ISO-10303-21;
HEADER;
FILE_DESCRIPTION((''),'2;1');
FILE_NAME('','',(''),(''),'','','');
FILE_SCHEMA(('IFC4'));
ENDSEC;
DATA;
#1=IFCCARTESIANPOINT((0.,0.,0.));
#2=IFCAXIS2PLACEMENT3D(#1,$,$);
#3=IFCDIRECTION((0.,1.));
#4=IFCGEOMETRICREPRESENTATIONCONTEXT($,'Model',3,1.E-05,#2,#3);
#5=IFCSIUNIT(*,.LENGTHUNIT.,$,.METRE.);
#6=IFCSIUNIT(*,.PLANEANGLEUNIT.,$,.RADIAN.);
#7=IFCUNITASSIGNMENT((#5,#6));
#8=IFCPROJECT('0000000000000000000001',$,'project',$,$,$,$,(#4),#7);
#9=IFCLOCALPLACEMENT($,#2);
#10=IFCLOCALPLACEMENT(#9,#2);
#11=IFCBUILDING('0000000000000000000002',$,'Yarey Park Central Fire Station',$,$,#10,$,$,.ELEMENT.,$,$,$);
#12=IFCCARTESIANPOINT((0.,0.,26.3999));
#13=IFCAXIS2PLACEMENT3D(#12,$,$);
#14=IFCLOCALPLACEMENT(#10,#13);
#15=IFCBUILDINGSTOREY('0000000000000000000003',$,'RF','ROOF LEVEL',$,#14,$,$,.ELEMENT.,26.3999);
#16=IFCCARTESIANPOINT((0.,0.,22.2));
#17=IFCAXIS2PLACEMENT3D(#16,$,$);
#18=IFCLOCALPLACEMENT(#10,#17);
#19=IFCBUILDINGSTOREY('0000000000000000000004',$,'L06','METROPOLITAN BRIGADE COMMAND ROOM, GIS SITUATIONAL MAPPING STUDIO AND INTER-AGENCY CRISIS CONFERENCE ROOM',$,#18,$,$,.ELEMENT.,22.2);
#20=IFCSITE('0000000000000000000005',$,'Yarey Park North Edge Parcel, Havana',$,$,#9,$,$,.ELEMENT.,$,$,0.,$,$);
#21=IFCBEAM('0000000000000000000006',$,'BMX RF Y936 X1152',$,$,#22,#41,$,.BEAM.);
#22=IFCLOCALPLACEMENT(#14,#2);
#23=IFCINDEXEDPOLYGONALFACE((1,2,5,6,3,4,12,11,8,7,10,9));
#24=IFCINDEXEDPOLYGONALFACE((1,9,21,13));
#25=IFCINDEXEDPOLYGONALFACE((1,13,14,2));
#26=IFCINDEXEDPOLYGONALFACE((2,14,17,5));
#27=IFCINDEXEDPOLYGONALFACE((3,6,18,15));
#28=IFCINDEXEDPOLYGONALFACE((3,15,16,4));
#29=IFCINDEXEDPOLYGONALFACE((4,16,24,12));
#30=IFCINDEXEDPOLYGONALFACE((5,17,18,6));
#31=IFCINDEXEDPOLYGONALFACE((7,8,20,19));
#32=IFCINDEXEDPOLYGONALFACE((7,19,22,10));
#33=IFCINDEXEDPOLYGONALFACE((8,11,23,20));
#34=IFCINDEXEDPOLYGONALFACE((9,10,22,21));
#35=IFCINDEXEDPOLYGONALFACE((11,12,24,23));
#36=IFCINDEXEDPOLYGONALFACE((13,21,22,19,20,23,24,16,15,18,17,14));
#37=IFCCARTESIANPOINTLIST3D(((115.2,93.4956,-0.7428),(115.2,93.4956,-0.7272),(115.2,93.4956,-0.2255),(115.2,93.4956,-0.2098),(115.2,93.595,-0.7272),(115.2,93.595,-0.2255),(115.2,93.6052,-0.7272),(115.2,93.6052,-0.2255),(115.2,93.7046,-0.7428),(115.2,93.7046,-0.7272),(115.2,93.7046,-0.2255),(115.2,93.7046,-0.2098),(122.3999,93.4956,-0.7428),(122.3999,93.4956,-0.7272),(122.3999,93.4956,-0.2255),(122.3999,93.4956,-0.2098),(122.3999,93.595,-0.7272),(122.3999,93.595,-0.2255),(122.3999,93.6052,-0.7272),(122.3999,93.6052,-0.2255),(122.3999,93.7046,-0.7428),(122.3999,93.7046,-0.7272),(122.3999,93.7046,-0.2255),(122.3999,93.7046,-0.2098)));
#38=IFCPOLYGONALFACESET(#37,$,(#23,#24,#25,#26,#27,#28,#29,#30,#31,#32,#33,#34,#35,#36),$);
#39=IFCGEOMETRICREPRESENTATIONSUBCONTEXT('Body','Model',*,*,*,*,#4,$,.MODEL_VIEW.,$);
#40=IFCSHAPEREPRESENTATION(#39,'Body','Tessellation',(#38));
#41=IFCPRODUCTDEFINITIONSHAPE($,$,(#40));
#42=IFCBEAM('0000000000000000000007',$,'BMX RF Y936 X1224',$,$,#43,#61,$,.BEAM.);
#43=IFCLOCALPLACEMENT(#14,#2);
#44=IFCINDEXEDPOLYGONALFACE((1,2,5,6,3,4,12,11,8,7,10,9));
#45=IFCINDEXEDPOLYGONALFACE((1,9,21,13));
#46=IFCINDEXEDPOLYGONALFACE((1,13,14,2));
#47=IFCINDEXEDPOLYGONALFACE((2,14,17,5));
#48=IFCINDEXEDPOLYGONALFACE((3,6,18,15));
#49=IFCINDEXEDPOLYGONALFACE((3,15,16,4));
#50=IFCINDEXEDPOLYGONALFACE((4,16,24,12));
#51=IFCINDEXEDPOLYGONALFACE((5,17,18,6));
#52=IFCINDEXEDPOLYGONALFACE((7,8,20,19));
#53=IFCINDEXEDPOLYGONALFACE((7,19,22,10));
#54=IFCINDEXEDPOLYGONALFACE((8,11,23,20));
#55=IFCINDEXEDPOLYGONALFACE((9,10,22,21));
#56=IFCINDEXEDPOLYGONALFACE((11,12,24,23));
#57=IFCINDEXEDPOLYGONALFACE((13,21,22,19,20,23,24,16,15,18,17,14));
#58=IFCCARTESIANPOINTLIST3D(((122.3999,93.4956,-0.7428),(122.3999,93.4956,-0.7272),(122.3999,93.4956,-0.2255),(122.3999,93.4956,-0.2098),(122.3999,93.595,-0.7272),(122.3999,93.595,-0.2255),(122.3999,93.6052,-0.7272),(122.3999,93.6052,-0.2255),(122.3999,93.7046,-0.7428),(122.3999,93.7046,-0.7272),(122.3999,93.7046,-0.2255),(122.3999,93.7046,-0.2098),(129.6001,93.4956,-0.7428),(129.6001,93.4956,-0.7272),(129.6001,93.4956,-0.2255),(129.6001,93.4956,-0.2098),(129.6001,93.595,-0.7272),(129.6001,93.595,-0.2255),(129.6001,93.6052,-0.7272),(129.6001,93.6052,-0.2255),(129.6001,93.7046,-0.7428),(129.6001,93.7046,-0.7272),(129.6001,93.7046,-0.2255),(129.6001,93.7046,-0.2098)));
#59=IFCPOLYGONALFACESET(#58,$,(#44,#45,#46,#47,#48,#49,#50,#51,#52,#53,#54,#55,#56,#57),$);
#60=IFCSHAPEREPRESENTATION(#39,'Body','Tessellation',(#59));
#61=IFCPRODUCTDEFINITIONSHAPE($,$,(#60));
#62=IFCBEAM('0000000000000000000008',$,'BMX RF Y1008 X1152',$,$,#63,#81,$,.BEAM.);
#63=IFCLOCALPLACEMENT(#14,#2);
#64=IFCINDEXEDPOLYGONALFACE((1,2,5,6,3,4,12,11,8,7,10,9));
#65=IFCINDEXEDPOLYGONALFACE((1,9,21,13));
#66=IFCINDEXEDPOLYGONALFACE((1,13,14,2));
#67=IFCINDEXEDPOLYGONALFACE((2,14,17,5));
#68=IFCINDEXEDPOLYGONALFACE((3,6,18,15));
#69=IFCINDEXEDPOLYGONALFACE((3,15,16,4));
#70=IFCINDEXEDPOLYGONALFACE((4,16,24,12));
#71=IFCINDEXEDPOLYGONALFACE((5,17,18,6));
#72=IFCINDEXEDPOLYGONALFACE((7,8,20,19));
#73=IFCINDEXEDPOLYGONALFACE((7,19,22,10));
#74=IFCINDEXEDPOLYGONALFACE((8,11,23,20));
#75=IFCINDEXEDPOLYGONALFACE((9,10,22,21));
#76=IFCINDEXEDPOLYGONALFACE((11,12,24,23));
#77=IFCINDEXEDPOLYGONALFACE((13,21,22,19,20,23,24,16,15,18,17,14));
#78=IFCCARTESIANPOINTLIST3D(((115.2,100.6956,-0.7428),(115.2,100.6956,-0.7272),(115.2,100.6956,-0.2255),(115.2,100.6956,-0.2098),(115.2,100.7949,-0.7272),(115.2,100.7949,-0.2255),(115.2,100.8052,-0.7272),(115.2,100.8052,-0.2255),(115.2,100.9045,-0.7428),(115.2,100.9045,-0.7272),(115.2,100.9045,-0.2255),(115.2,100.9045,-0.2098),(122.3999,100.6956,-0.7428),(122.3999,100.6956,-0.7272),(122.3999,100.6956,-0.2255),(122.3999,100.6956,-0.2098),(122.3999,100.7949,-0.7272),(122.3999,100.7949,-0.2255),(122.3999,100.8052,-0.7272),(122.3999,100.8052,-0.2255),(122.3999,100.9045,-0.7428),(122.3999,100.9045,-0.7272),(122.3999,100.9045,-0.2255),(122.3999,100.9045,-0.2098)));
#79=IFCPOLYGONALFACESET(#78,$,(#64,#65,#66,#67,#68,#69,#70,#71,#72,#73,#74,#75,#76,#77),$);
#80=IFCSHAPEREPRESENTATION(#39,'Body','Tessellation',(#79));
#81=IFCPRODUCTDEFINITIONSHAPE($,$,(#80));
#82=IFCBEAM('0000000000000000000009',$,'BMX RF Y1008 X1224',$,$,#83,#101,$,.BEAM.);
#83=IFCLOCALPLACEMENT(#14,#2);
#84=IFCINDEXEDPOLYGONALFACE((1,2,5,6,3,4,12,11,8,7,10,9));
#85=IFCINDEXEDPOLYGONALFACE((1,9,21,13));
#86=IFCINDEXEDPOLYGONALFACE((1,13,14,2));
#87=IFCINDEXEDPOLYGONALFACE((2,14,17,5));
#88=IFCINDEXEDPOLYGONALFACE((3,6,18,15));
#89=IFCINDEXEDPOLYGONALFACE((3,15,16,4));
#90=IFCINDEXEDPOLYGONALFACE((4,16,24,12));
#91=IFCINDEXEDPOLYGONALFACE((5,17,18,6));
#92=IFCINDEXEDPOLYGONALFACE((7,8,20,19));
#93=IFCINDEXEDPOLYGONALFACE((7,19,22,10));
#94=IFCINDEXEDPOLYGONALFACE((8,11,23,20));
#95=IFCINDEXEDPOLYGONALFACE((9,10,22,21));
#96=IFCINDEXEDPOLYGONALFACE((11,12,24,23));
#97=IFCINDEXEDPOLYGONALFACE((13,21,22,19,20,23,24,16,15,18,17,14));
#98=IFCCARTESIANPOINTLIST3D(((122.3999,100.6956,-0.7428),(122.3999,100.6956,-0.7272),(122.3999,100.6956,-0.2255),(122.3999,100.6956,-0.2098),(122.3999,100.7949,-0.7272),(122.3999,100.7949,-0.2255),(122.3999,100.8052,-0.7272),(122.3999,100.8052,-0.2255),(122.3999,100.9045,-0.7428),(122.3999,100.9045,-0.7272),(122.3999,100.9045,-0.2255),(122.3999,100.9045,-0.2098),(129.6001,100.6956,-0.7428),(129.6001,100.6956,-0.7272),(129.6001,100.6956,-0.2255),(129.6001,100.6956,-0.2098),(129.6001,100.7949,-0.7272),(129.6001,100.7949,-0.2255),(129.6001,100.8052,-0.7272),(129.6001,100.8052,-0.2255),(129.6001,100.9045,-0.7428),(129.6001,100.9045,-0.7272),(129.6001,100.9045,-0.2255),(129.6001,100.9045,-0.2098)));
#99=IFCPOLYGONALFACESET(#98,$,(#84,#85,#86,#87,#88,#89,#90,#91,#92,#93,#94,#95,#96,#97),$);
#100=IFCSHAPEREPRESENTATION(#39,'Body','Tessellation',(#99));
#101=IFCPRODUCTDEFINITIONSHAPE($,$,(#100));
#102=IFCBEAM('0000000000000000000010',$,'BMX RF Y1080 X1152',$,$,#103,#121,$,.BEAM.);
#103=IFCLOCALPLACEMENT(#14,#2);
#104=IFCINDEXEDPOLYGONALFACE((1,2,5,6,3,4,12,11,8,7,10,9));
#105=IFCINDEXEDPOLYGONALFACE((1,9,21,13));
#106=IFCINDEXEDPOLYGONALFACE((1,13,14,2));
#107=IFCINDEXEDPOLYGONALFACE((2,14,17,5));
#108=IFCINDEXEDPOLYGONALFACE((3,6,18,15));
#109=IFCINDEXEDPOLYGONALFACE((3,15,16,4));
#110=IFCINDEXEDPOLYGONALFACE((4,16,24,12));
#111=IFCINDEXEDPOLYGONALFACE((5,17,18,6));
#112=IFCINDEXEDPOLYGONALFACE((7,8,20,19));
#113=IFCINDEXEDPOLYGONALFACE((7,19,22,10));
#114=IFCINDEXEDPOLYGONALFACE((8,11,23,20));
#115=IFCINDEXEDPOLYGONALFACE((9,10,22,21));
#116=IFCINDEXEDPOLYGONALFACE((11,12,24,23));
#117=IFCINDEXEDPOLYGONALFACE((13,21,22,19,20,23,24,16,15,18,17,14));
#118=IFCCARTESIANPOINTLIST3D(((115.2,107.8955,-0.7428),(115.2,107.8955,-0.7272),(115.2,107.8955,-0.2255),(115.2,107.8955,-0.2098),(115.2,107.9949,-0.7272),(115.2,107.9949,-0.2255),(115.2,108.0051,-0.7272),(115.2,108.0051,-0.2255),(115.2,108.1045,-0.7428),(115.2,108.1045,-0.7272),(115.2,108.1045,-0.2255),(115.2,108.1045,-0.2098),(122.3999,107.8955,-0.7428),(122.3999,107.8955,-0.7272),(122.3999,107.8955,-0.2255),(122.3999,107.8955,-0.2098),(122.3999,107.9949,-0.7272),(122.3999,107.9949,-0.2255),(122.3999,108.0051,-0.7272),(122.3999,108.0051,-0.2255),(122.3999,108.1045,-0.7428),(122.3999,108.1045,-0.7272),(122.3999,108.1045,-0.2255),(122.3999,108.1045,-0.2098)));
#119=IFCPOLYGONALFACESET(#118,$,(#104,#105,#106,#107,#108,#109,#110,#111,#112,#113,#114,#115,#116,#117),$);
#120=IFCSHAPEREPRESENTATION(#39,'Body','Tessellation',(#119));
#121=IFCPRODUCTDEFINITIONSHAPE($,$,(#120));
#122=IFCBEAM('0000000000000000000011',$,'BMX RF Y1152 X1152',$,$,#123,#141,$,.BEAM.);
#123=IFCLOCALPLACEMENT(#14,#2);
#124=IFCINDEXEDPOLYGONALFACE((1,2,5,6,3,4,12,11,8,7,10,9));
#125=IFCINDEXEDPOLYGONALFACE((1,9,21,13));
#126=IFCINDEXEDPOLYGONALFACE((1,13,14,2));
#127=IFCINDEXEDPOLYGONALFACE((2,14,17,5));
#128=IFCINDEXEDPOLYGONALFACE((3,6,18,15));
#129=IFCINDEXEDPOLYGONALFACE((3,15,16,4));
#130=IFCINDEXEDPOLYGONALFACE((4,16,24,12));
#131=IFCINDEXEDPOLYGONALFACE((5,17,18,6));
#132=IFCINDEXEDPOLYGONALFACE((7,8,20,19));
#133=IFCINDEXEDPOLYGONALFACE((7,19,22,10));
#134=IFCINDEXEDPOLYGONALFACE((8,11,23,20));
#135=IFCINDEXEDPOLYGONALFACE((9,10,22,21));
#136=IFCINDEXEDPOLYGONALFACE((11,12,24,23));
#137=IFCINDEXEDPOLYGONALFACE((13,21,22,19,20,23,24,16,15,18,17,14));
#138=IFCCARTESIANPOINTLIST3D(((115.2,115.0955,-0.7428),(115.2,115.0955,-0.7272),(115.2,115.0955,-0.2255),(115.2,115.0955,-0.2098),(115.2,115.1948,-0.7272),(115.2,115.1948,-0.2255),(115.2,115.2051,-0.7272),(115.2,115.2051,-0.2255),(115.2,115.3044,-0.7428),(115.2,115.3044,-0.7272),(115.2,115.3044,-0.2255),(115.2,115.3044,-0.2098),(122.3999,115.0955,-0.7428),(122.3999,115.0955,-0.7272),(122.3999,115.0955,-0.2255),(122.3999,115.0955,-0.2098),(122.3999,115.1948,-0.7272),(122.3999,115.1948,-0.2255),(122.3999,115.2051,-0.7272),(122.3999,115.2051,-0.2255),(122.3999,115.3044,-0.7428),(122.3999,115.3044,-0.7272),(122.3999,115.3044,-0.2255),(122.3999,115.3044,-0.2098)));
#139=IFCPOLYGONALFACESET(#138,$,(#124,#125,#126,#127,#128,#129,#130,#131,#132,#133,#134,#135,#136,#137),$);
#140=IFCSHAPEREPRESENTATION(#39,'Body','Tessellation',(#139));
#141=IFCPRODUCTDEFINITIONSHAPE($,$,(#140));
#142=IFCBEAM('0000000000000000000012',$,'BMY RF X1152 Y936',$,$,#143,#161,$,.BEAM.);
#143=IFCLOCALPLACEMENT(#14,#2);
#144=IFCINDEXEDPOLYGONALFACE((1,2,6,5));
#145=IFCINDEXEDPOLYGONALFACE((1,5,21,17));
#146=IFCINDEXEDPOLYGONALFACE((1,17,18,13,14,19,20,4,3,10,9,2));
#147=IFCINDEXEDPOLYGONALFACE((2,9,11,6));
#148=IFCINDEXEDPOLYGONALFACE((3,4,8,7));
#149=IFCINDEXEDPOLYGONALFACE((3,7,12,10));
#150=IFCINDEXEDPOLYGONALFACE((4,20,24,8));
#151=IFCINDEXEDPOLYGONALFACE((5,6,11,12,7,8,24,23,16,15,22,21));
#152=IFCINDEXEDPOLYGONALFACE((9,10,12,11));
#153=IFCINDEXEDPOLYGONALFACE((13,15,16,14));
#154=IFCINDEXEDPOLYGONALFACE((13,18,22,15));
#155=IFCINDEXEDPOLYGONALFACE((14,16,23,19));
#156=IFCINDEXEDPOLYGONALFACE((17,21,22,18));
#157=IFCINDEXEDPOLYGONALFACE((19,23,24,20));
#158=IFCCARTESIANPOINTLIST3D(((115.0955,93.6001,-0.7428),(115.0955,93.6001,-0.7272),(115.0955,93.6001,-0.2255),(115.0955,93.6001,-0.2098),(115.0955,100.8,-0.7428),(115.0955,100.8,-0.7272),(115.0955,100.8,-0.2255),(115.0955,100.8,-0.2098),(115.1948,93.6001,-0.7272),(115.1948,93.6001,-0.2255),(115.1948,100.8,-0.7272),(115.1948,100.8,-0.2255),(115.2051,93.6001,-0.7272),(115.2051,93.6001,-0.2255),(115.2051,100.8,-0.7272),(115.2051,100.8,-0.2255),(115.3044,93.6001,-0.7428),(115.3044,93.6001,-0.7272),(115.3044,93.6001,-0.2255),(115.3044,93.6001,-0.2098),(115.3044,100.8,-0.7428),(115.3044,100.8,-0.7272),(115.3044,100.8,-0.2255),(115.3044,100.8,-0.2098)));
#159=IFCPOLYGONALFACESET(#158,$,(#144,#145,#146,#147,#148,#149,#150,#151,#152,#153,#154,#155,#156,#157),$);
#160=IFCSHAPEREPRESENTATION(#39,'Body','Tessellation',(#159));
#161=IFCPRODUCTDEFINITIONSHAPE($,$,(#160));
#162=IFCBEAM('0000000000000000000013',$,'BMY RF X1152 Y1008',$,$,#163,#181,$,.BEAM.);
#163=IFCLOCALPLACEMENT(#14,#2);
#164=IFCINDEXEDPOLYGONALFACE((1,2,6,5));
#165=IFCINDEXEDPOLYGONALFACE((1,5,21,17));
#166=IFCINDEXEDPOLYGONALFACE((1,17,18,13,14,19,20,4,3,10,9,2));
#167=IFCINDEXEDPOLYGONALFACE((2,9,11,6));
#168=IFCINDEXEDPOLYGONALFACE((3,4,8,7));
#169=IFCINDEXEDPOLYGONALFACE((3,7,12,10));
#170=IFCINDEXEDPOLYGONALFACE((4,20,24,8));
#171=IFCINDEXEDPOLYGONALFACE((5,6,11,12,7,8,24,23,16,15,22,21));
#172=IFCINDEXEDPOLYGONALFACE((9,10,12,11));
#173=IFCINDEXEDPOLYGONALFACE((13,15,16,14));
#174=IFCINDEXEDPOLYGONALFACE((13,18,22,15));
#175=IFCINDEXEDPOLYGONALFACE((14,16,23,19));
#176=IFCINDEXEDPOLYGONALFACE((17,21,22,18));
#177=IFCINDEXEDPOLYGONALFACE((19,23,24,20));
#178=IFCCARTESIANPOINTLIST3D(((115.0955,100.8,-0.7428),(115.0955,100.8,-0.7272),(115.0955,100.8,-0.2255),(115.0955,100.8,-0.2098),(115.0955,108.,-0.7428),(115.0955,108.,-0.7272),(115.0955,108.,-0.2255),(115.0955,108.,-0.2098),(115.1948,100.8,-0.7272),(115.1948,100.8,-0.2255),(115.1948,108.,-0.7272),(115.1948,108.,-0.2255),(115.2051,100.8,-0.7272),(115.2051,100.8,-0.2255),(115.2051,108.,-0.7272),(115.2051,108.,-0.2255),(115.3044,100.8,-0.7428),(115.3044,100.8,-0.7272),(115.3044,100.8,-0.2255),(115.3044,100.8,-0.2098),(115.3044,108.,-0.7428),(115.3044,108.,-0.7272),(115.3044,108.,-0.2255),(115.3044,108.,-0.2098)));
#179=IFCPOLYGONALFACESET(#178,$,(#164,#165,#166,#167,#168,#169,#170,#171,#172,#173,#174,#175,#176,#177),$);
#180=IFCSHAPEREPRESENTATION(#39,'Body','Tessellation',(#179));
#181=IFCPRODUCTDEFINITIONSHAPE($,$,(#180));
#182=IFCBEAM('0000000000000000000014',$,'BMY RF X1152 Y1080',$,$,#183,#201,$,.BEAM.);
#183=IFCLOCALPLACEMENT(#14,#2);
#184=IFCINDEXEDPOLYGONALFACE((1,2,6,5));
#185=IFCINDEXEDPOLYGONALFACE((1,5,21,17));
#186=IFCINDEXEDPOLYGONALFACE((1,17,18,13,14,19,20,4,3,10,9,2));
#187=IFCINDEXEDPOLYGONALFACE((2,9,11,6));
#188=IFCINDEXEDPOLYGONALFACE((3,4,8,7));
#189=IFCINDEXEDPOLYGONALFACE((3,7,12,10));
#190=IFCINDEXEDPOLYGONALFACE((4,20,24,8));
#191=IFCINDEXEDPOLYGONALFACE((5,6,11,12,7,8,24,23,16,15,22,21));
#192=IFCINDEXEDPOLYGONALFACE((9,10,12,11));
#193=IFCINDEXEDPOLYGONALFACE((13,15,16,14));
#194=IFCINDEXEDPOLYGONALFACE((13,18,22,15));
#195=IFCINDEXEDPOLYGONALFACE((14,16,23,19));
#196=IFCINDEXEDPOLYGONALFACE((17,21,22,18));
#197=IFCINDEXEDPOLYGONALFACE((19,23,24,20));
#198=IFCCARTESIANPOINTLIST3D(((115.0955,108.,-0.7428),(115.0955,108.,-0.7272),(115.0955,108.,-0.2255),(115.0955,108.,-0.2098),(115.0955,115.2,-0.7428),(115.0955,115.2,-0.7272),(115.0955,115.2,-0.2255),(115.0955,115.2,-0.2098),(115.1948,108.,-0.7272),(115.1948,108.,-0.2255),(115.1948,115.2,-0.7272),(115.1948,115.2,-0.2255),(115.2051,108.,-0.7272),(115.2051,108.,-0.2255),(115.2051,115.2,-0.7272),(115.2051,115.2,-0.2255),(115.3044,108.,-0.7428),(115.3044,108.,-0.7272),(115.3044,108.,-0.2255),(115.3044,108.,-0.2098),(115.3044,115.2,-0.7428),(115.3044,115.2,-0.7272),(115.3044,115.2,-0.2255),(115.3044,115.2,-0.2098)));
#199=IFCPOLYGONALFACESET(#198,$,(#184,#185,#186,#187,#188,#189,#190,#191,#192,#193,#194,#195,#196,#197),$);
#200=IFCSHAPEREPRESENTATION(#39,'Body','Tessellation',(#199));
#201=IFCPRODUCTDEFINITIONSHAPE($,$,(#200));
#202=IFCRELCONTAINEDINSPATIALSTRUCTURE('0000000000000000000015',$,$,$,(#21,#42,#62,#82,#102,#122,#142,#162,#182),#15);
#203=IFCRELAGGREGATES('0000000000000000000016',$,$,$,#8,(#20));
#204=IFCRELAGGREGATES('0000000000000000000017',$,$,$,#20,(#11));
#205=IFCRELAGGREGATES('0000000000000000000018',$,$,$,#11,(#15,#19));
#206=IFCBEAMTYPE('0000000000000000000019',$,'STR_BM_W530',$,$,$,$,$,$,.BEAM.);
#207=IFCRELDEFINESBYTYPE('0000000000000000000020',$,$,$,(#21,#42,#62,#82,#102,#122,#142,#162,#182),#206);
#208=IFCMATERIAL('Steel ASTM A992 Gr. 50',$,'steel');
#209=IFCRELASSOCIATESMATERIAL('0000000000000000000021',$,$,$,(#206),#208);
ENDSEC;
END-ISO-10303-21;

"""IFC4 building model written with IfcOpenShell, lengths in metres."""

from ifc_helpers import new_model, si_unit, direction, frame, origin, origin_2d, place, context, subcontext, project, spatial, i_section, extrude, material, material_profile, profile_set, type_object, element, save


model = new_model("IFC4")

# Units and contexts
model_context = context("Model", 3, precision=1e-05, world=origin(), true_north=direction((0.0, 1.0)))
body_context = subcontext(model_context, "Body", "Model", "MODEL_VIEW")
ifc_project = project(units=[si_unit("LENGTHUNIT", "METRE"), si_unit("PLANEANGLEUNIT", "RADIAN")], contexts=[model_context])

# Site, building, storey
site_placement = place(None, origin())
site = spatial("IfcSite", under=ifc_project, at=site_placement, Name="Yarey Park North Edge Parcel, Havana", CompositionType="ELEMENT", RefElevation=0.0)
building_placement = place(site_placement, origin())
building = spatial("IfcBuilding", under=site, at=building_placement, Name="Yarey Park Central Fire Station", CompositionType="ELEMENT")
storey_1_placement = place(building_placement, frame((0.0, 0.0, 26.3999)))
storey_1 = spatial("IfcBuildingStorey", under=building, at=storey_1_placement, Name="RF", Description="ROOF LEVEL", CompositionType="ELEMENT", Elevation=26.3999)

# Beams
ifc_material_1 = material(Name="Steel ASTM A992 Gr. 50", Category="steel")
ifc_material_profile_1 = material_profile(ifc_material_1, i_section(OverallWidth=0.209, OverallDepth=0.533, WebThickness=0.0103, FlangeThickness=0.0156, at=origin_2d()), Name="W530x92")
ifc_profile_set_1 = profile_set([ifc_material_profile_1], Name="Steel ASTM A992 Gr. 50")
beam_type_1 = type_object("IfcBeamType", Name="STR_BM_W530", PredefinedType="BEAM", material=ifc_profile_set_1)
beam_1_placement = place(storey_1_placement, frame((115.2, 93.6001, -0.4763), z_axis=(1.0, 0.0, 0.0), x_axis=(0.0, 1.0, 0.0)))
element("IfcBeam", 1, at=beam_1_placement, inside=storey_1, type_object=beam_type_1, Name="BMX RF Y936 X1152", PredefinedType="BEAM", context=body_context, shape_type="SweptSolid", body=[
    extrude(i_section(OverallWidth=0.209, OverallDepth=0.533, WebThickness=0.0103, FlangeThickness=0.0156, at=origin_2d()), origin(), (0.0, 0.0, 1.0), 7.2),
])
beam_2_placement = place(storey_1_placement, frame((122.3999, 93.6001, -0.4763), z_axis=(1.0, 0.0, 0.0), x_axis=(0.0, 1.0, 0.0)))
element("IfcBeam", 2, at=beam_2_placement, inside=storey_1, type_object=beam_type_1, Name="BMX RF Y936 X1224", PredefinedType="BEAM", context=body_context, shape_type="SweptSolid", body=[
    extrude(i_section(OverallWidth=0.209, OverallDepth=0.533, WebThickness=0.0103, FlangeThickness=0.0156, at=origin_2d()), origin(), (0.0, 0.0, 1.0), 7.2002),
])
beam_3_placement = place(storey_1_placement, frame((115.2, 100.8, -0.4763), z_axis=(1.0, 0.0, 0.0), x_axis=(0.0, 1.0, 0.0)))
element("IfcBeam", 3, at=beam_3_placement, inside=storey_1, type_object=beam_type_1, Name="BMX RF Y1008 X1152", PredefinedType="BEAM", context=body_context, shape_type="SweptSolid", body=[
    extrude(i_section(OverallWidth=0.209, OverallDepth=0.533, WebThickness=0.0103, FlangeThickness=0.0156, at=origin_2d()), origin(), (0.0, 0.0, 1.0), 7.2),
])
beam_4_placement = place(storey_1_placement, frame((122.3999, 100.8, -0.4763), z_axis=(1.0, 0.0, 0.0), x_axis=(0.0, 1.0, 0.0)))
element("IfcBeam", 4, at=beam_4_placement, inside=storey_1, type_object=beam_type_1, Name="BMX RF Y1008 X1224", PredefinedType="BEAM", context=body_context, shape_type="SweptSolid", body=[
    extrude(i_section(OverallWidth=0.209, OverallDepth=0.533, WebThickness=0.0103, FlangeThickness=0.0156, at=origin_2d()), origin(), (0.0, 0.0, 1.0), 7.2002),
])
for number, where, z_axis, x_axis, name in (
    (5, (115.2, 108.0, -0.4763), (1.0, 0.0, 0.0), (0.0, 1.0, 0.0), "BMX RF Y1080 X1152"),
    (6, (115.2, 115.2, -0.4763), (1.0, 0.0, 0.0), (0.0, 1.0, 0.0), "BMX RF Y1152 X1152"),
    (7, (115.2, 93.6001, -0.4763), (0.0, 1.0, 0.0), (-1.0, 0.0, 0.0), "BMY RF X1152 Y936"),
    (8, (115.2, 100.8, -0.4763), (0.0, 1.0, 0.0), (-1.0, 0.0, 0.0), "BMY RF X1152 Y1008"),
    (9, (115.2, 108.0, -0.4763), (0.0, 1.0, 0.0), (-1.0, 0.0, 0.0), "BMY RF X1152 Y1080"),
):
    element("IfcBeam", number, at=place(storey_1_placement, frame(where, z_axis=z_axis, x_axis=x_axis)), inside=storey_1, type_object=beam_type_1, Name=name, PredefinedType="BEAM", context=body_context, shape_type="SweptSolid", body=[
        extrude(i_section(OverallWidth=0.209, OverallDepth=0.533, WebThickness=0.0103, FlangeThickness=0.0156, at=origin_2d()), origin(), (0.0, 0.0, 1.0), 7.2),
    ])

# Shared definitions
storey_2_placement = place(building_placement, frame((0.0, 0.0, 22.2)))
storey_2 = spatial("IfcBuildingStorey", under=building, at=storey_2_placement, Name="L06", Description="METROPOLITAN BRIGADE COMMAND ROOM, GIS SITUATIONAL MAPPING STUDIO AND INTER-AGENCY CRISIS CONFERENCE ROOM", CompositionType="ELEMENT", Elevation=22.2)

save(model, "model.ifc")
